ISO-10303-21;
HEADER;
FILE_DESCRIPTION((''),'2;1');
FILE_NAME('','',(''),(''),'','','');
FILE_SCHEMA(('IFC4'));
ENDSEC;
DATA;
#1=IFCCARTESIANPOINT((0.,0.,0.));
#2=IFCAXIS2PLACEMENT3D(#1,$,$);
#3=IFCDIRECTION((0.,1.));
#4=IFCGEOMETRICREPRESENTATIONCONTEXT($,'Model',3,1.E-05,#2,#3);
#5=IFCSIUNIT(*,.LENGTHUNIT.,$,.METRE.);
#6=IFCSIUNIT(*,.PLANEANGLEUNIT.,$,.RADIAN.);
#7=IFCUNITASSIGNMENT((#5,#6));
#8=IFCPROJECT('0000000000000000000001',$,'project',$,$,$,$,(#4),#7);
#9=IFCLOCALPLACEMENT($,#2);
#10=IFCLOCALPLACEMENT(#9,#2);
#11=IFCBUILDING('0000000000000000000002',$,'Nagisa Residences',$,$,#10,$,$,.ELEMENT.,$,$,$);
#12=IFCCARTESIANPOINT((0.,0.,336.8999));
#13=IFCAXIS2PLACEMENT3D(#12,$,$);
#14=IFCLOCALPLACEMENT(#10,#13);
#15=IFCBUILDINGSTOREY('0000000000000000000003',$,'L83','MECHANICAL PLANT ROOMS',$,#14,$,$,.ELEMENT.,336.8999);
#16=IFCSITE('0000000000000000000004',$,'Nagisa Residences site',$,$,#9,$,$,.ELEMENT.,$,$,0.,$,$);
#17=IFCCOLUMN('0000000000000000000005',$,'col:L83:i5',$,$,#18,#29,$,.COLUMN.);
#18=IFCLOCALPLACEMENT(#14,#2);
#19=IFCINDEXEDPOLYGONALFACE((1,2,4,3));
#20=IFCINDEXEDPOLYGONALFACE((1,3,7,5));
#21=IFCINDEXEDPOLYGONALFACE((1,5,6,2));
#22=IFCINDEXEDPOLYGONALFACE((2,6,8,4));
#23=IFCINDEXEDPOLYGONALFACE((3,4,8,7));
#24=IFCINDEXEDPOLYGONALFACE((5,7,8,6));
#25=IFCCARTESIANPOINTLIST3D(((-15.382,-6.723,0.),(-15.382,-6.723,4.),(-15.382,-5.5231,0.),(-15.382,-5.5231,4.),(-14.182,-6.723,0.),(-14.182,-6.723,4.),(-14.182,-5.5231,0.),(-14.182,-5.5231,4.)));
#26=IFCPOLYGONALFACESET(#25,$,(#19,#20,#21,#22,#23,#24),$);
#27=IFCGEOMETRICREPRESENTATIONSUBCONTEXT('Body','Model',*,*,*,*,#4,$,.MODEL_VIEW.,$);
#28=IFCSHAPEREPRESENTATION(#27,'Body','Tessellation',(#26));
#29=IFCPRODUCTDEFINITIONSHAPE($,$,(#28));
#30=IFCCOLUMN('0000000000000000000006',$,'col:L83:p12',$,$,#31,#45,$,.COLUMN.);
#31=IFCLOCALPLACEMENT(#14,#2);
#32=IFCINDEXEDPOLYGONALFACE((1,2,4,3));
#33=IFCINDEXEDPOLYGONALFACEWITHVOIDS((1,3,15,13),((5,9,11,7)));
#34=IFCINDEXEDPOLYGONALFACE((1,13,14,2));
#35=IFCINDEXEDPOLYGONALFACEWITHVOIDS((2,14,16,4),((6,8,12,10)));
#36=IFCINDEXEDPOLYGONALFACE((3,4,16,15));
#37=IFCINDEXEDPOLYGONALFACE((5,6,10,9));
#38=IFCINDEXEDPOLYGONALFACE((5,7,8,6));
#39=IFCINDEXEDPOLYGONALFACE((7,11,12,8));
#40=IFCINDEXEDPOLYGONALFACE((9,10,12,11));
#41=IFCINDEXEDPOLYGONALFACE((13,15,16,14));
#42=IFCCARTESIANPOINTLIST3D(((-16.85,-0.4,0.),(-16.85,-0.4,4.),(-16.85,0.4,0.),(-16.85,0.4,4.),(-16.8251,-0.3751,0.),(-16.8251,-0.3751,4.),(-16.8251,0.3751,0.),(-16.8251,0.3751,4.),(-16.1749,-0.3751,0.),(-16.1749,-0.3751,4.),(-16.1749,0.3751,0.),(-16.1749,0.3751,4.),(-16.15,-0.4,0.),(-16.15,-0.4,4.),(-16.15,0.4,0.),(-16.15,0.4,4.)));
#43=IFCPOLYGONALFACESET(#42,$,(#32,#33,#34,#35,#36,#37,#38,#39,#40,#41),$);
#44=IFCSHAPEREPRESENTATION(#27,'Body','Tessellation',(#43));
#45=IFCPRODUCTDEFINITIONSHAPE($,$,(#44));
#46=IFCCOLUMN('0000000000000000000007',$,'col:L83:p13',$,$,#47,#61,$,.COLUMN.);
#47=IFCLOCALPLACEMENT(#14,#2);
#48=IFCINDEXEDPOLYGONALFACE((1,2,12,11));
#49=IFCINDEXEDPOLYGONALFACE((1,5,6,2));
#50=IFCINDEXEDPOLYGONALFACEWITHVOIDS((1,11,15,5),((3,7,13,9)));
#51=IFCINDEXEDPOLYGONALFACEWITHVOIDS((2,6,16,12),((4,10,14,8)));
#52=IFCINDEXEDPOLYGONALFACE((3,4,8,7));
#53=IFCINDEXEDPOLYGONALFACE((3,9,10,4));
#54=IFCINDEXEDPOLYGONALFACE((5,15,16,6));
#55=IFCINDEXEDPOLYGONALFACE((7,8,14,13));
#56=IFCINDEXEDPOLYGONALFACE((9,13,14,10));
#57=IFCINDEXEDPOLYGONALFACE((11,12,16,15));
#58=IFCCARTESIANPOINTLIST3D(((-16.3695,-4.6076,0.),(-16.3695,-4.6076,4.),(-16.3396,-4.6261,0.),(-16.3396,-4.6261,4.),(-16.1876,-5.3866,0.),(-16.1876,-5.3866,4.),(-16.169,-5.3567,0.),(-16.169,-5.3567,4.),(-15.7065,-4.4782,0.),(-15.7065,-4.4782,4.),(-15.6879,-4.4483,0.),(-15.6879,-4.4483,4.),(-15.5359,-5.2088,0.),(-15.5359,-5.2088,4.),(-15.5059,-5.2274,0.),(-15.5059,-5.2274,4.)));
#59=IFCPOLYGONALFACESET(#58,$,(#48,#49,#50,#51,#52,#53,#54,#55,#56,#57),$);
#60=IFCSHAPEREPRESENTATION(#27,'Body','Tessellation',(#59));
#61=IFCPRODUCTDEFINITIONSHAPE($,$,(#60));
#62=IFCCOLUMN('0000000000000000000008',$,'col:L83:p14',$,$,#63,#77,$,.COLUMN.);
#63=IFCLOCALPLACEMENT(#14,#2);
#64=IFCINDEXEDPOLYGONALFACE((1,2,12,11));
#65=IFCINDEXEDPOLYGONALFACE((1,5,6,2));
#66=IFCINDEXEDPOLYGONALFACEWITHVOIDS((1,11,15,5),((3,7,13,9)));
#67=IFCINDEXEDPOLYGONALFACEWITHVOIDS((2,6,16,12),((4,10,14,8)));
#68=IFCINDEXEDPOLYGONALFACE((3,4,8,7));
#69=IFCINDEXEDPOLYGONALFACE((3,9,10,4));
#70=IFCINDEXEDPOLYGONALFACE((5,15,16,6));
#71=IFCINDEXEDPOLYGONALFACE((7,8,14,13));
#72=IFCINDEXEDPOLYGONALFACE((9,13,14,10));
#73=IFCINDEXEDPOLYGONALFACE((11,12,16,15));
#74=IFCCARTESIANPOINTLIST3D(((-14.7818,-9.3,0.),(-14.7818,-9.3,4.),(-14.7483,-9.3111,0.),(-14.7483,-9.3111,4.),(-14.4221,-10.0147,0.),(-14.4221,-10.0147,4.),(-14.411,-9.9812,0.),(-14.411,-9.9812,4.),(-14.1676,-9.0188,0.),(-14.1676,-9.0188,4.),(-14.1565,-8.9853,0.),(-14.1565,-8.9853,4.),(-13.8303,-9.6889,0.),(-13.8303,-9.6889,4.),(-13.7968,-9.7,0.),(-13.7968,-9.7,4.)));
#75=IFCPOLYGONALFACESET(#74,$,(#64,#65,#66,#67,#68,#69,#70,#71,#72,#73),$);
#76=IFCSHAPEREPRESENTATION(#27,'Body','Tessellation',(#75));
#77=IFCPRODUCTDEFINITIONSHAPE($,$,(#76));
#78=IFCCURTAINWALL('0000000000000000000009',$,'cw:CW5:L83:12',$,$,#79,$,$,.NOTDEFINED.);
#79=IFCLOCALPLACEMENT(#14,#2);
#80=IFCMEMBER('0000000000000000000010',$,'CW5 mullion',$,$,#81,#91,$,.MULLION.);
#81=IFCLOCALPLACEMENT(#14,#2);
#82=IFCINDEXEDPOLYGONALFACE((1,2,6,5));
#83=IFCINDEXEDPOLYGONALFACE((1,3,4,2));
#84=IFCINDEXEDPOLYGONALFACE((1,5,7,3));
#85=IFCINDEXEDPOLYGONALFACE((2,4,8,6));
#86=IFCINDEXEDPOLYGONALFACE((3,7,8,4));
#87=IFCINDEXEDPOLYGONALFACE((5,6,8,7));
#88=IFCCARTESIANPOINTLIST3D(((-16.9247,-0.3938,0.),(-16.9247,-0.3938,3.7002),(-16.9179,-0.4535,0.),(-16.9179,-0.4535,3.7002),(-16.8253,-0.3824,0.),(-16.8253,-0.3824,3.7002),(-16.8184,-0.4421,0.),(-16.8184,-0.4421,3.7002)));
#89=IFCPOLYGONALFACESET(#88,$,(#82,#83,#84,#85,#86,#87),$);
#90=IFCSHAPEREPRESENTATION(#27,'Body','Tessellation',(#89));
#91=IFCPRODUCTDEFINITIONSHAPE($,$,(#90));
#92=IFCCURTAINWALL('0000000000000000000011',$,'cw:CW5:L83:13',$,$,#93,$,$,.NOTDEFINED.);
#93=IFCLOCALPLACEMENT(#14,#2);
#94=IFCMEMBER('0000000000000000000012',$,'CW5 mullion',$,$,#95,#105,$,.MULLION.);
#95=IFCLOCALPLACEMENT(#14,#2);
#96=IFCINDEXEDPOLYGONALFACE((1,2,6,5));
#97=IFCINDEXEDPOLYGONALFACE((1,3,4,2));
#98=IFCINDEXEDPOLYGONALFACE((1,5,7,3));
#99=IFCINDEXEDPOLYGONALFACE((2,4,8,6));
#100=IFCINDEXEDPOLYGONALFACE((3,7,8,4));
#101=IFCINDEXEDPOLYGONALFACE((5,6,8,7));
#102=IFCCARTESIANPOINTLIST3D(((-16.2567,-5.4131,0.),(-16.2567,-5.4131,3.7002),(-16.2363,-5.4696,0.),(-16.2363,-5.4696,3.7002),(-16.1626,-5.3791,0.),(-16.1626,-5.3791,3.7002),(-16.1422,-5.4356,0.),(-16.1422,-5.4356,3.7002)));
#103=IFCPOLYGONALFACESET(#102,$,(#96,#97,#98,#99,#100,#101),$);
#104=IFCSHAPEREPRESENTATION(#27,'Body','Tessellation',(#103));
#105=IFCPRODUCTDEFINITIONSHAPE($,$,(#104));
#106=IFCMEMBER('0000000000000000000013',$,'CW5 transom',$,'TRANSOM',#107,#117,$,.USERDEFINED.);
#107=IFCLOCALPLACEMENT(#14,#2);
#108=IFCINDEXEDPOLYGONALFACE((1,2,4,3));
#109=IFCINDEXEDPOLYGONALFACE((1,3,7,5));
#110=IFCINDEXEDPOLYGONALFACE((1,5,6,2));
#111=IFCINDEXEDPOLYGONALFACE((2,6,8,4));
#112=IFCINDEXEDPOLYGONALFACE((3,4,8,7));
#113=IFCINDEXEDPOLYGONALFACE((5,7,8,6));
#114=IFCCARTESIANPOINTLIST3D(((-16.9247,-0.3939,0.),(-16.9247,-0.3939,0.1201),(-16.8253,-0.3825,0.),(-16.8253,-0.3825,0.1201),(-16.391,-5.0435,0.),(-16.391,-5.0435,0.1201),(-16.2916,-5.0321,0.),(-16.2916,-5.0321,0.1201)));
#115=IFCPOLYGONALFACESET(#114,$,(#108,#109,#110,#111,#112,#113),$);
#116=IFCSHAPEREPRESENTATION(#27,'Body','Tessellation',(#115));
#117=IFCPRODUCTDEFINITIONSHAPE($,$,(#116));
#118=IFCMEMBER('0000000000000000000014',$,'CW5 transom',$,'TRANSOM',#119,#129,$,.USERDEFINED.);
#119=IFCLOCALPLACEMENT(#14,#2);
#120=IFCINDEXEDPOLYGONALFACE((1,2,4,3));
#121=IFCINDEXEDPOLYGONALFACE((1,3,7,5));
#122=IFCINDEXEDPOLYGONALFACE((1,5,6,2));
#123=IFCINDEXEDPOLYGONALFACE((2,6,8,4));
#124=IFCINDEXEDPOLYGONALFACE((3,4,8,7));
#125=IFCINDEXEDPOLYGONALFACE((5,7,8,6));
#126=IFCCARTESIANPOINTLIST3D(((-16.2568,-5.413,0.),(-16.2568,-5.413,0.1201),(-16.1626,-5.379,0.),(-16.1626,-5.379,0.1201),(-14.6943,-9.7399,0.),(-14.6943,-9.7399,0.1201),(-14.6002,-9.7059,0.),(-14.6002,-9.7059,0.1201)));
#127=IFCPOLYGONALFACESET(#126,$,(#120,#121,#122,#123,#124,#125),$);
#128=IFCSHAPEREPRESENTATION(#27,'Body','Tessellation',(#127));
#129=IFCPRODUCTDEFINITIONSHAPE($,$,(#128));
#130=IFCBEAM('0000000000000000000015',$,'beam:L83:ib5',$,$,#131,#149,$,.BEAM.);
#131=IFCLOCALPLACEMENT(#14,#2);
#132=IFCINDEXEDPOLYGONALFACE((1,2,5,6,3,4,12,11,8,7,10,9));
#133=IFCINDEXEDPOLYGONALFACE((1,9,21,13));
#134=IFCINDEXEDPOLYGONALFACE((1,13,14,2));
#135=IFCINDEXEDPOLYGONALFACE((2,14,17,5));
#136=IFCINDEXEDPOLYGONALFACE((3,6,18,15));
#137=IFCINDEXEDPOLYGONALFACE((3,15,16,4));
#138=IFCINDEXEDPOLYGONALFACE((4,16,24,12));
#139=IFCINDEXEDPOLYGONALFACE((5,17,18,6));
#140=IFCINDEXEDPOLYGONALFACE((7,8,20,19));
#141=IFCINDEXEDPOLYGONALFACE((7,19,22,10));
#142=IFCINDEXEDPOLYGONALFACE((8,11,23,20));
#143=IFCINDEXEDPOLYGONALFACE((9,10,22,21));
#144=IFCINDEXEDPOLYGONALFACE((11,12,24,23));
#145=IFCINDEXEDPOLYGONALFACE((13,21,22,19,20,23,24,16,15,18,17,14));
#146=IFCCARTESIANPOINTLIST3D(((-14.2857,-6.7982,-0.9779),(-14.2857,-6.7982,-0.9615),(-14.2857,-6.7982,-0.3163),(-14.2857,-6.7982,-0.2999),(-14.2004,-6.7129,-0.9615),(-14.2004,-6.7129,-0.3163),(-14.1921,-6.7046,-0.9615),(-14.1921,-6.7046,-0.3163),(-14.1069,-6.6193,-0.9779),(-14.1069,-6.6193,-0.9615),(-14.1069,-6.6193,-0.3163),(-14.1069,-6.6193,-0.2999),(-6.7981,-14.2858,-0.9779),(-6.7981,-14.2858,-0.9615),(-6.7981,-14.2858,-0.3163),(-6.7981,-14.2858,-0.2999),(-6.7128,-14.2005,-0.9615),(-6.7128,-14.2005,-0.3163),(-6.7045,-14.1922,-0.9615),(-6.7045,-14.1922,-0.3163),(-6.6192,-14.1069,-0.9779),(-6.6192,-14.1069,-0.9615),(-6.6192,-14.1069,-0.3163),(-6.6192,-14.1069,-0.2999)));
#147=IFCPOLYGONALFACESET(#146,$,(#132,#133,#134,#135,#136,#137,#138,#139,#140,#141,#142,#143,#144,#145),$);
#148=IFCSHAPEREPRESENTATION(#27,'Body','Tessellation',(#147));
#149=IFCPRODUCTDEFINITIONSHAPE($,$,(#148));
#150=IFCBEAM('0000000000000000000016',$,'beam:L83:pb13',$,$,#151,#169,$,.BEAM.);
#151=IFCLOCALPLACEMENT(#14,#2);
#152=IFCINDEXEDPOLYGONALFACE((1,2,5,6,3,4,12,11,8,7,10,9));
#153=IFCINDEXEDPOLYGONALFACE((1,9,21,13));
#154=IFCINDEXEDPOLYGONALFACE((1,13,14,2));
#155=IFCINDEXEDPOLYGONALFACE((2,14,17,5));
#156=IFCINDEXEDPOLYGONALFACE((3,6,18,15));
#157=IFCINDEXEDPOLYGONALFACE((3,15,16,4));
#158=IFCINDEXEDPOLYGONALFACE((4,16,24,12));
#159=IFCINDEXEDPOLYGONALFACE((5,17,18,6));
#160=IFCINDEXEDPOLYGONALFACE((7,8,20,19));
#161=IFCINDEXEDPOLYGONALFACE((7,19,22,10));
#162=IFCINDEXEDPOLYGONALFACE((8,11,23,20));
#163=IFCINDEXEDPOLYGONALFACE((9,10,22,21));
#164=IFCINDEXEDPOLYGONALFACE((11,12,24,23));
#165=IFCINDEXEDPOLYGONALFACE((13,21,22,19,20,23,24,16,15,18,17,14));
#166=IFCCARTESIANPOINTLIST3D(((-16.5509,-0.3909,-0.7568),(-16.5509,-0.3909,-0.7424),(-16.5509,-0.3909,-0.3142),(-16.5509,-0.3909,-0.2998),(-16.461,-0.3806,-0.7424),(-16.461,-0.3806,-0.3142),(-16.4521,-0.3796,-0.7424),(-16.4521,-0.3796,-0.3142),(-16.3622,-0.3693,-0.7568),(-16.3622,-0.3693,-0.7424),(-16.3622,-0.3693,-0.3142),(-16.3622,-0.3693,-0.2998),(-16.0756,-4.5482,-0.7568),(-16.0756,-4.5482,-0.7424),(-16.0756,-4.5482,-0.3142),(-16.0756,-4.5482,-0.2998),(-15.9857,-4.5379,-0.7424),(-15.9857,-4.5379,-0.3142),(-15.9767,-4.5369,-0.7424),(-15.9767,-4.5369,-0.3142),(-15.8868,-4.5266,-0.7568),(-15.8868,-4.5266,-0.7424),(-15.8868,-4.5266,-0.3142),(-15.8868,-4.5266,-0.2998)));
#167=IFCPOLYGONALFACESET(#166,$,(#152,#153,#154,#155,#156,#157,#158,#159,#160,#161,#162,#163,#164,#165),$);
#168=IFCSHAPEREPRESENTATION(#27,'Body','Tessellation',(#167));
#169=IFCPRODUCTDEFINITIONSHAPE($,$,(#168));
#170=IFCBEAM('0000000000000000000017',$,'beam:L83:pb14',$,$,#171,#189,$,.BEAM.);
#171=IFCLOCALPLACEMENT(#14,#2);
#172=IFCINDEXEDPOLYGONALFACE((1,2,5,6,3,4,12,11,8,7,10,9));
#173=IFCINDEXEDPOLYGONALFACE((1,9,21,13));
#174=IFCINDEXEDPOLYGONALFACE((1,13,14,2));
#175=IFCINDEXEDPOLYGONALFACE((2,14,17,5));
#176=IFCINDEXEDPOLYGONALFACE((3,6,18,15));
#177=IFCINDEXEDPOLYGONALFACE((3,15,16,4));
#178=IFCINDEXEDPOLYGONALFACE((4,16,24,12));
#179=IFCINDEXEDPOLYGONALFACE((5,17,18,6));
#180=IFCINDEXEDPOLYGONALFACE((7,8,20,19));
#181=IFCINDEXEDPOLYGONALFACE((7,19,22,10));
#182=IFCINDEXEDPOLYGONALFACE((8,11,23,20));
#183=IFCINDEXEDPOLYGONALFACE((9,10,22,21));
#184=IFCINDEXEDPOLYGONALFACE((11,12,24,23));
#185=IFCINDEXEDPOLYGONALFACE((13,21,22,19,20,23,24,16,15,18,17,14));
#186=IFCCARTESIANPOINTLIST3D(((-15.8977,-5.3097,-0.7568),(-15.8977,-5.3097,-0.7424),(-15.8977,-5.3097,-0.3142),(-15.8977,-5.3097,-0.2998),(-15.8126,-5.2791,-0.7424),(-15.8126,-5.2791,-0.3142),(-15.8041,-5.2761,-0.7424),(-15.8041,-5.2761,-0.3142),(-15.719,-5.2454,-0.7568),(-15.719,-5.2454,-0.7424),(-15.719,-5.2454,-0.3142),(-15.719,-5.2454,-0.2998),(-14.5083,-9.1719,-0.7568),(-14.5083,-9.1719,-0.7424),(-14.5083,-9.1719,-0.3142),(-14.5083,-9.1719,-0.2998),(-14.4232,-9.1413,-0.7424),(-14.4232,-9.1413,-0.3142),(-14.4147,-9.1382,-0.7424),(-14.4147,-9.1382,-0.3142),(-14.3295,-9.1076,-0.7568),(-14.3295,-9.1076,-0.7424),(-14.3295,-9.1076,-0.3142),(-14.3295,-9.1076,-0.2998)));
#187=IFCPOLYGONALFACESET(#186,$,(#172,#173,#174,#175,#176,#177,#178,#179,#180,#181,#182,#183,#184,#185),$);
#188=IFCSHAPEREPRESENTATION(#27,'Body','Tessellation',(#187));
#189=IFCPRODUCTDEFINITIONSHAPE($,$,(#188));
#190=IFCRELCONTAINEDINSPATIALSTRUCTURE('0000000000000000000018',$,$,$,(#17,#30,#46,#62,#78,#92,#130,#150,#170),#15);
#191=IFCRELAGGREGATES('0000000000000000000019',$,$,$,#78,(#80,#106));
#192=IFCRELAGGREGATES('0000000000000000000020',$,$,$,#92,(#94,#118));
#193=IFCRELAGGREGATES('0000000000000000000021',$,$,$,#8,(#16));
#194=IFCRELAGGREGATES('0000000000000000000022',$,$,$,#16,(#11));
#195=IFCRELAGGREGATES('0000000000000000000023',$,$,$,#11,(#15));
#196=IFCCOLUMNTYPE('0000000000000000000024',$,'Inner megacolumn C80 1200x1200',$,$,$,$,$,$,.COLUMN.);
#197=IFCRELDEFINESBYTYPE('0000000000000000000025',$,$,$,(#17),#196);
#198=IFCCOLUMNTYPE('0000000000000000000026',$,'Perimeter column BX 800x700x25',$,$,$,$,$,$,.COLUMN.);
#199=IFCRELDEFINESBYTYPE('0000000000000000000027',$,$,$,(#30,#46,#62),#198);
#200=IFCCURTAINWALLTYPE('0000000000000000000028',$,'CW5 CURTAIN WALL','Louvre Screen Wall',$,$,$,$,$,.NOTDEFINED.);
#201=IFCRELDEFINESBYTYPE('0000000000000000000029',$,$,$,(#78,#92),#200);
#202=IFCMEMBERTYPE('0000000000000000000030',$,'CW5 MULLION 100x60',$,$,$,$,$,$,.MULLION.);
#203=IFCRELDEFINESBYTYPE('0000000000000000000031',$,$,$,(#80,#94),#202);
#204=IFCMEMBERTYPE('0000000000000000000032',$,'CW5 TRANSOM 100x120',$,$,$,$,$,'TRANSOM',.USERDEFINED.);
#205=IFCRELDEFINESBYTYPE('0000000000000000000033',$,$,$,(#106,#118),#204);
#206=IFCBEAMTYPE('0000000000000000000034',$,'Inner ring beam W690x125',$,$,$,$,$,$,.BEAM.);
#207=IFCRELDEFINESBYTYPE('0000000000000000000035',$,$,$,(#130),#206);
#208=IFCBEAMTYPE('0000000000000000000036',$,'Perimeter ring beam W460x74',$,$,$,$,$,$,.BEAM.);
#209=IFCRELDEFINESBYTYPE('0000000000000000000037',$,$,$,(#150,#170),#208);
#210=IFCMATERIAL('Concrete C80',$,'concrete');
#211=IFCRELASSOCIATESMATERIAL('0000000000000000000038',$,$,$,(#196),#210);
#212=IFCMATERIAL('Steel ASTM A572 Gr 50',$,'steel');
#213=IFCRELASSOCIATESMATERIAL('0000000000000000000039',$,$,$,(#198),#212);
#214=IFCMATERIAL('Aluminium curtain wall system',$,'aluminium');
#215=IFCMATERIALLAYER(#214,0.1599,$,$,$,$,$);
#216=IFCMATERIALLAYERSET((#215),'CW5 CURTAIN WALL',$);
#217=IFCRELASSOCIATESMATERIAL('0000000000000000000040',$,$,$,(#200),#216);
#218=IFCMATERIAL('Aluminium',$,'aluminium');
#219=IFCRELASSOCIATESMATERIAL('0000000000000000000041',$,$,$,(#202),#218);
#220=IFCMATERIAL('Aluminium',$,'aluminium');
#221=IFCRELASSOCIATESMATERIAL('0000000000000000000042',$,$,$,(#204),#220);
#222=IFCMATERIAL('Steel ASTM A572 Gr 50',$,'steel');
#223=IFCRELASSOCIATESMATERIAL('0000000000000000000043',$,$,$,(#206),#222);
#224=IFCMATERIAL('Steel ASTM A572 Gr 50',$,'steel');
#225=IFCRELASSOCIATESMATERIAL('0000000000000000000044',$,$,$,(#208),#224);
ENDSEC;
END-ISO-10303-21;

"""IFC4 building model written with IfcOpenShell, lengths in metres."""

from ifc_helpers import new_model, si_unit, direction, frame, origin, origin_2d, place, context, subcontext, project, spatial, rectangle, hollow_rectangle, i_section, extrude, material, layer, layer_set, material_profile, profile_set, type_object, element, aggregate, save


model = new_model("IFC4")

# Units and contexts
model_context = context("Model", 3, precision=1e-05, world=origin(), true_north=direction((0.0, 1.0)))
body_context = subcontext(model_context, "Body", "Model", "MODEL_VIEW")
ifc_project = project(units=[si_unit("LENGTHUNIT", "METRE"), si_unit("PLANEANGLEUNIT", "RADIAN")], contexts=[model_context])

# Site, building, storey
site_placement = place(None, origin())
site = spatial("IfcSite", under=ifc_project, at=site_placement, Name="Nagisa Residences site", CompositionType="ELEMENT", RefElevation=0.0)
building_placement = place(site_placement, origin())
building = spatial("IfcBuilding", under=site, at=building_placement, Name="Nagisa Residences", CompositionType="ELEMENT")
storey_placement = place(building_placement, frame((0.0, 0.0, 336.8999)))
storey = spatial("IfcBuildingStorey", under=building, at=storey_placement, Name="L83", Description="MECHANICAL PLANT ROOMS", CompositionType="ELEMENT", Elevation=336.8999)

# Columns
ifc_material_1 = material(Name="Concrete C80", Category="concrete")
ifc_material_profile_1 = material_profile(ifc_material_1, rectangle(XDim=1.2, YDim=1.2, at=origin_2d()), Name="C80 1200x1200")
ifc_profile_set_1 = profile_set([ifc_material_profile_1], Name="Concrete C80")
column_type_1 = type_object("IfcColumnType", Name="Inner megacolumn C80 1200x1200", PredefinedType="COLUMN", material=ifc_profile_set_1)
column_placement = place(storey_placement, frame((-14.782, -6.123, 0.0), z_axis=(0.0, 0.0, 1.0), x_axis=(1.0, 0.0, 0.0)))
element("IfcColumn", 1, at=column_placement, inside=storey, type_object=column_type_1, Name="col:L83:i5", PredefinedType="COLUMN", context=body_context, shape_type="SweptSolid", body=[
    extrude(rectangle(XDim=1.2, YDim=1.2, at=origin_2d()), origin(), (0.0, 0.0, 1.0), 4.0),
])
ifc_material_2 = material(Name="Steel ASTM A572 Gr 50", Category="steel")
ifc_material_profile_2 = material_profile(ifc_material_2, hollow_rectangle(XDim=0.8, YDim=0.7, WallThickness=0.0249, at=origin_2d()), Name="BX 800x700x25")
ifc_profile_set_2 = profile_set([ifc_material_profile_2], Name="Steel ASTM A572 Gr 50")
column_type_2 = type_object("IfcColumnType", Name="Perimeter column BX 800x700x25", PredefinedType="COLUMN", material=ifc_profile_set_2)
for number, where, z_axis, x_axis, name in (
    (2, (-16.5, 0.0, 0.0), (0.0, 0.0, 1.0), (0.0, -1.0, 0.0), "col:L83:p12"),
    (3, (-15.9377, -4.9175, 0.0), (0.0, 0.0, 1.0), (0.227473, -0.973784, 0.0), "col:L83:p13"),
    (4, (-14.2893, -9.5, 0.0), (0.0, 0.0, 1.0), (0.449592, -0.893234, 0.0), "col:L83:p14"),
):
    element("IfcColumn", number, at=place(storey_placement, frame(where, z_axis=z_axis, x_axis=x_axis)), inside=storey, type_object=column_type_2, Name=name, PredefinedType="COLUMN", context=body_context, shape_type="SweptSolid", body=[
        extrude(hollow_rectangle(XDim=0.8, YDim=0.7, WallThickness=0.0249, at=origin_2d()), origin(), (0.0, 0.0, 1.0), 4.0),
    ])

# Curtain walls, members
ifc_material_3 = material(Name="Aluminium curtain wall system", Category="aluminium")
ifc_layer_1 = layer(ifc_material_3, 0.1599)
ifc_layer_set_1 = layer_set([ifc_layer_1], Name="CW5 CURTAIN WALL")
curtain_wall_type = type_object("IfcCurtainWallType", Name="CW5 CURTAIN WALL", Description="Louvre Screen Wall", PredefinedType="NOTDEFINED", material=ifc_layer_set_1)
curtain_wall_1_placement = place(storey_placement, origin())
curtain_wall_1 = element("IfcCurtainWall", 5, at=curtain_wall_1_placement, inside=storey, type_object=curtain_wall_type, Name="cw:CW5:L83:12", PredefinedType="NOTDEFINED")
ifc_material_4 = material(Name="Aluminium", Category="aluminium")
ifc_material_profile_3 = material_profile(ifc_material_4, rectangle(XDim=0.1001, YDim=0.0601, at=origin_2d()), Name="CW5 MULLION 100x60")
ifc_profile_set_3 = profile_set([ifc_material_profile_3], Name="Aluminium")
member_type_1 = type_object("IfcMemberType", Name="CW5 MULLION 100x60", PredefinedType="MULLION", material=ifc_profile_set_3)
member_1_placement = place(storey_placement, frame((-16.8716, -0.418, 0.0), z_axis=(0.0, 0.0, 1.0), x_axis=(0.993478, 0.114025, 0.0)))
member_1 = element("IfcMember", 6, at=member_1_placement, type_object=member_type_1, Name="CW5 mullion", PredefinedType="MULLION", context=body_context, shape_type="SweptSolid", body=[
    extrude(rectangle(XDim=0.1001, YDim=0.0601, at=origin_2d()), origin(), (0.0, 0.0, 1.0), 3.7002),
])
curtain_wall_2_placement = place(storey_placement, origin())
curtain_wall_2 = element("IfcCurtainWall", 7, at=curtain_wall_2_placement, inside=storey, type_object=curtain_wall_type, Name="cw:CW5:L83:13", PredefinedType="NOTDEFINED")
member_2_placement = place(storey_placement, frame((-16.1995, -5.4243, 0.0), z_axis=(0.0, 0.0, 1.0), x_axis=(0.940554, 0.339643, 0.0)))
member_2 = element("IfcMember", 8, at=member_2_placement, type_object=member_type_1, Name="CW5 mullion", PredefinedType="MULLION", context=body_context, shape_type="SweptSolid", body=[
    extrude(rectangle(XDim=0.1001, YDim=0.0601, at=origin_2d()), origin(), (0.0, 0.0, 1.0), 3.7002),
])

# Members
ifc_material_5 = material(Name="Aluminium", Category="aluminium")
ifc_material_profile_4 = material_profile(ifc_material_5, rectangle(XDim=0.1001, YDim=0.1201, at=origin_2d()), Name="CW5 TRANSOM 100x120")
ifc_profile_set_4 = profile_set([ifc_material_profile_4], Name="Aluminium")
member_type_2 = type_object("IfcMemberType", Name="CW5 TRANSOM 100x120", ElementType="TRANSOM", PredefinedType="USERDEFINED", material=ifc_profile_set_4)
member_3_placement = place(storey_placement, frame((-16.875, -0.3882, 0.0601), z_axis=(0.114032, -0.993477, 0.0), x_axis=(0.993477, 0.114032, 0.0)))
member_3 = element("IfcMember", 9, at=member_3_placement, type_object=member_type_2, Name="CW5 transom", ObjectType="TRANSOM", PredefinedType="USERDEFINED", context=body_context, shape_type="SweptSolid", body=[
    extrude(rectangle(XDim=0.1001, YDim=0.1201, at=origin_2d()), origin(), (0.0, 0.0, 1.0), 4.6802),
])
member_4_placement = place(storey_placement, frame((-16.2097, -5.396, 0.0601), z_axis=(0.339646, -0.940553, 0.0), x_axis=(0.940553, 0.339646, 0.0)))
member_4 = element("IfcMember", 10, at=member_4_placement, type_object=member_type_2, Name="CW5 transom", ObjectType="TRANSOM", PredefinedType="USERDEFINED", context=body_context, shape_type="SweptSolid", body=[
    extrude(rectangle(XDim=0.1001, YDim=0.1201, at=origin_2d()), origin(), (0.0, 0.0, 1.0), 4.6003),
])

# Beams
ifc_material_6 = material(Name="Steel ASTM A572 Gr 50", Category="steel")
ifc_material_profile_5 = material_profile(ifc_material_6, i_section(OverallWidth=0.2529, OverallDepth=0.678, WebThickness=0.0117, FlangeThickness=0.0164, at=origin_2d()), Name="W690x125")
ifc_profile_set_5 = profile_set([ifc_material_profile_5], Name="Steel ASTM A572 Gr 50")
beam_type_1 = type_object("IfcBeamType", Name="Inner ring beam W690x125", PredefinedType="BEAM", material=ifc_profile_set_5)
beam_1_placement = place(storey_placement, frame((-14.1963, -6.7087, -0.6389), z_axis=(0.707107, -0.707107, 0.0), x_axis=(0.707107, 0.707107, 0.0)))
element("IfcBeam", 11, at=beam_1_placement, inside=storey, type_object=beam_type_1, Name="beam:L83:ib5", PredefinedType="BEAM", context=body_context, shape_type="SweptSolid", body=[
    extrude(i_section(OverallWidth=0.2529, OverallDepth=0.678, WebThickness=0.0117, FlangeThickness=0.0164, at=origin_2d()), origin(), (0.0, 0.0, 1.0), 10.5891),
])
ifc_material_7 = material(Name="Steel ASTM A572 Gr 50", Category="steel")
ifc_material_profile_6 = material_profile(ifc_material_7, i_section(OverallWidth=0.1899, OverallDepth=0.457, WebThickness=0.009, FlangeThickness=0.0144, at=origin_2d()), Name="W460x74")
ifc_profile_set_6 = profile_set([ifc_material_profile_6], Name="Steel ASTM A572 Gr 50")
beam_type_2 = type_object("IfcBeamType", Name="Perimeter ring beam W460x74", PredefinedType="BEAM", material=ifc_profile_set_6)
beam_2_placement = place(storey_placement, frame((-16.4565, -0.3801, -0.5283), z_axis=(0.113601, -0.993526, 0.0), x_axis=(0.993526, 0.113601, 0.0)))
element("IfcBeam", 12, at=beam_2_placement, inside=storey, type_object=beam_type_2, Name="beam:L83:pb13", PredefinedType="BEAM", context=body_context, shape_type="SweptSolid", body=[
    extrude(i_section(OverallWidth=0.1899, OverallDepth=0.457, WebThickness=0.009, FlangeThickness=0.0144, at=origin_2d()), origin(), (0.0, 0.0, 1.0), 4.1843),
])
beam_3_placement = place(storey_placement, frame((-15.8083, -5.2776, -0.5283), z_axis=(0.338517, -0.94096, 0.0), x_axis=(0.94096, 0.338517, 0.0)))
element("IfcBeam", 13, at=beam_3_placement, inside=storey, type_object=beam_type_2, Name="beam:L83:pb14", PredefinedType="BEAM", context=body_context, shape_type="SweptSolid", body=[
    extrude(i_section(OverallWidth=0.1899, OverallDepth=0.457, WebThickness=0.009, FlangeThickness=0.0144, at=origin_2d()), origin(), (0.0, 0.0, 1.0), 4.1045),
])

aggregate(curtain_wall_1, [member_1, member_3])
aggregate(curtain_wall_2, [member_2, member_4])

save(model, "model.ifc")
